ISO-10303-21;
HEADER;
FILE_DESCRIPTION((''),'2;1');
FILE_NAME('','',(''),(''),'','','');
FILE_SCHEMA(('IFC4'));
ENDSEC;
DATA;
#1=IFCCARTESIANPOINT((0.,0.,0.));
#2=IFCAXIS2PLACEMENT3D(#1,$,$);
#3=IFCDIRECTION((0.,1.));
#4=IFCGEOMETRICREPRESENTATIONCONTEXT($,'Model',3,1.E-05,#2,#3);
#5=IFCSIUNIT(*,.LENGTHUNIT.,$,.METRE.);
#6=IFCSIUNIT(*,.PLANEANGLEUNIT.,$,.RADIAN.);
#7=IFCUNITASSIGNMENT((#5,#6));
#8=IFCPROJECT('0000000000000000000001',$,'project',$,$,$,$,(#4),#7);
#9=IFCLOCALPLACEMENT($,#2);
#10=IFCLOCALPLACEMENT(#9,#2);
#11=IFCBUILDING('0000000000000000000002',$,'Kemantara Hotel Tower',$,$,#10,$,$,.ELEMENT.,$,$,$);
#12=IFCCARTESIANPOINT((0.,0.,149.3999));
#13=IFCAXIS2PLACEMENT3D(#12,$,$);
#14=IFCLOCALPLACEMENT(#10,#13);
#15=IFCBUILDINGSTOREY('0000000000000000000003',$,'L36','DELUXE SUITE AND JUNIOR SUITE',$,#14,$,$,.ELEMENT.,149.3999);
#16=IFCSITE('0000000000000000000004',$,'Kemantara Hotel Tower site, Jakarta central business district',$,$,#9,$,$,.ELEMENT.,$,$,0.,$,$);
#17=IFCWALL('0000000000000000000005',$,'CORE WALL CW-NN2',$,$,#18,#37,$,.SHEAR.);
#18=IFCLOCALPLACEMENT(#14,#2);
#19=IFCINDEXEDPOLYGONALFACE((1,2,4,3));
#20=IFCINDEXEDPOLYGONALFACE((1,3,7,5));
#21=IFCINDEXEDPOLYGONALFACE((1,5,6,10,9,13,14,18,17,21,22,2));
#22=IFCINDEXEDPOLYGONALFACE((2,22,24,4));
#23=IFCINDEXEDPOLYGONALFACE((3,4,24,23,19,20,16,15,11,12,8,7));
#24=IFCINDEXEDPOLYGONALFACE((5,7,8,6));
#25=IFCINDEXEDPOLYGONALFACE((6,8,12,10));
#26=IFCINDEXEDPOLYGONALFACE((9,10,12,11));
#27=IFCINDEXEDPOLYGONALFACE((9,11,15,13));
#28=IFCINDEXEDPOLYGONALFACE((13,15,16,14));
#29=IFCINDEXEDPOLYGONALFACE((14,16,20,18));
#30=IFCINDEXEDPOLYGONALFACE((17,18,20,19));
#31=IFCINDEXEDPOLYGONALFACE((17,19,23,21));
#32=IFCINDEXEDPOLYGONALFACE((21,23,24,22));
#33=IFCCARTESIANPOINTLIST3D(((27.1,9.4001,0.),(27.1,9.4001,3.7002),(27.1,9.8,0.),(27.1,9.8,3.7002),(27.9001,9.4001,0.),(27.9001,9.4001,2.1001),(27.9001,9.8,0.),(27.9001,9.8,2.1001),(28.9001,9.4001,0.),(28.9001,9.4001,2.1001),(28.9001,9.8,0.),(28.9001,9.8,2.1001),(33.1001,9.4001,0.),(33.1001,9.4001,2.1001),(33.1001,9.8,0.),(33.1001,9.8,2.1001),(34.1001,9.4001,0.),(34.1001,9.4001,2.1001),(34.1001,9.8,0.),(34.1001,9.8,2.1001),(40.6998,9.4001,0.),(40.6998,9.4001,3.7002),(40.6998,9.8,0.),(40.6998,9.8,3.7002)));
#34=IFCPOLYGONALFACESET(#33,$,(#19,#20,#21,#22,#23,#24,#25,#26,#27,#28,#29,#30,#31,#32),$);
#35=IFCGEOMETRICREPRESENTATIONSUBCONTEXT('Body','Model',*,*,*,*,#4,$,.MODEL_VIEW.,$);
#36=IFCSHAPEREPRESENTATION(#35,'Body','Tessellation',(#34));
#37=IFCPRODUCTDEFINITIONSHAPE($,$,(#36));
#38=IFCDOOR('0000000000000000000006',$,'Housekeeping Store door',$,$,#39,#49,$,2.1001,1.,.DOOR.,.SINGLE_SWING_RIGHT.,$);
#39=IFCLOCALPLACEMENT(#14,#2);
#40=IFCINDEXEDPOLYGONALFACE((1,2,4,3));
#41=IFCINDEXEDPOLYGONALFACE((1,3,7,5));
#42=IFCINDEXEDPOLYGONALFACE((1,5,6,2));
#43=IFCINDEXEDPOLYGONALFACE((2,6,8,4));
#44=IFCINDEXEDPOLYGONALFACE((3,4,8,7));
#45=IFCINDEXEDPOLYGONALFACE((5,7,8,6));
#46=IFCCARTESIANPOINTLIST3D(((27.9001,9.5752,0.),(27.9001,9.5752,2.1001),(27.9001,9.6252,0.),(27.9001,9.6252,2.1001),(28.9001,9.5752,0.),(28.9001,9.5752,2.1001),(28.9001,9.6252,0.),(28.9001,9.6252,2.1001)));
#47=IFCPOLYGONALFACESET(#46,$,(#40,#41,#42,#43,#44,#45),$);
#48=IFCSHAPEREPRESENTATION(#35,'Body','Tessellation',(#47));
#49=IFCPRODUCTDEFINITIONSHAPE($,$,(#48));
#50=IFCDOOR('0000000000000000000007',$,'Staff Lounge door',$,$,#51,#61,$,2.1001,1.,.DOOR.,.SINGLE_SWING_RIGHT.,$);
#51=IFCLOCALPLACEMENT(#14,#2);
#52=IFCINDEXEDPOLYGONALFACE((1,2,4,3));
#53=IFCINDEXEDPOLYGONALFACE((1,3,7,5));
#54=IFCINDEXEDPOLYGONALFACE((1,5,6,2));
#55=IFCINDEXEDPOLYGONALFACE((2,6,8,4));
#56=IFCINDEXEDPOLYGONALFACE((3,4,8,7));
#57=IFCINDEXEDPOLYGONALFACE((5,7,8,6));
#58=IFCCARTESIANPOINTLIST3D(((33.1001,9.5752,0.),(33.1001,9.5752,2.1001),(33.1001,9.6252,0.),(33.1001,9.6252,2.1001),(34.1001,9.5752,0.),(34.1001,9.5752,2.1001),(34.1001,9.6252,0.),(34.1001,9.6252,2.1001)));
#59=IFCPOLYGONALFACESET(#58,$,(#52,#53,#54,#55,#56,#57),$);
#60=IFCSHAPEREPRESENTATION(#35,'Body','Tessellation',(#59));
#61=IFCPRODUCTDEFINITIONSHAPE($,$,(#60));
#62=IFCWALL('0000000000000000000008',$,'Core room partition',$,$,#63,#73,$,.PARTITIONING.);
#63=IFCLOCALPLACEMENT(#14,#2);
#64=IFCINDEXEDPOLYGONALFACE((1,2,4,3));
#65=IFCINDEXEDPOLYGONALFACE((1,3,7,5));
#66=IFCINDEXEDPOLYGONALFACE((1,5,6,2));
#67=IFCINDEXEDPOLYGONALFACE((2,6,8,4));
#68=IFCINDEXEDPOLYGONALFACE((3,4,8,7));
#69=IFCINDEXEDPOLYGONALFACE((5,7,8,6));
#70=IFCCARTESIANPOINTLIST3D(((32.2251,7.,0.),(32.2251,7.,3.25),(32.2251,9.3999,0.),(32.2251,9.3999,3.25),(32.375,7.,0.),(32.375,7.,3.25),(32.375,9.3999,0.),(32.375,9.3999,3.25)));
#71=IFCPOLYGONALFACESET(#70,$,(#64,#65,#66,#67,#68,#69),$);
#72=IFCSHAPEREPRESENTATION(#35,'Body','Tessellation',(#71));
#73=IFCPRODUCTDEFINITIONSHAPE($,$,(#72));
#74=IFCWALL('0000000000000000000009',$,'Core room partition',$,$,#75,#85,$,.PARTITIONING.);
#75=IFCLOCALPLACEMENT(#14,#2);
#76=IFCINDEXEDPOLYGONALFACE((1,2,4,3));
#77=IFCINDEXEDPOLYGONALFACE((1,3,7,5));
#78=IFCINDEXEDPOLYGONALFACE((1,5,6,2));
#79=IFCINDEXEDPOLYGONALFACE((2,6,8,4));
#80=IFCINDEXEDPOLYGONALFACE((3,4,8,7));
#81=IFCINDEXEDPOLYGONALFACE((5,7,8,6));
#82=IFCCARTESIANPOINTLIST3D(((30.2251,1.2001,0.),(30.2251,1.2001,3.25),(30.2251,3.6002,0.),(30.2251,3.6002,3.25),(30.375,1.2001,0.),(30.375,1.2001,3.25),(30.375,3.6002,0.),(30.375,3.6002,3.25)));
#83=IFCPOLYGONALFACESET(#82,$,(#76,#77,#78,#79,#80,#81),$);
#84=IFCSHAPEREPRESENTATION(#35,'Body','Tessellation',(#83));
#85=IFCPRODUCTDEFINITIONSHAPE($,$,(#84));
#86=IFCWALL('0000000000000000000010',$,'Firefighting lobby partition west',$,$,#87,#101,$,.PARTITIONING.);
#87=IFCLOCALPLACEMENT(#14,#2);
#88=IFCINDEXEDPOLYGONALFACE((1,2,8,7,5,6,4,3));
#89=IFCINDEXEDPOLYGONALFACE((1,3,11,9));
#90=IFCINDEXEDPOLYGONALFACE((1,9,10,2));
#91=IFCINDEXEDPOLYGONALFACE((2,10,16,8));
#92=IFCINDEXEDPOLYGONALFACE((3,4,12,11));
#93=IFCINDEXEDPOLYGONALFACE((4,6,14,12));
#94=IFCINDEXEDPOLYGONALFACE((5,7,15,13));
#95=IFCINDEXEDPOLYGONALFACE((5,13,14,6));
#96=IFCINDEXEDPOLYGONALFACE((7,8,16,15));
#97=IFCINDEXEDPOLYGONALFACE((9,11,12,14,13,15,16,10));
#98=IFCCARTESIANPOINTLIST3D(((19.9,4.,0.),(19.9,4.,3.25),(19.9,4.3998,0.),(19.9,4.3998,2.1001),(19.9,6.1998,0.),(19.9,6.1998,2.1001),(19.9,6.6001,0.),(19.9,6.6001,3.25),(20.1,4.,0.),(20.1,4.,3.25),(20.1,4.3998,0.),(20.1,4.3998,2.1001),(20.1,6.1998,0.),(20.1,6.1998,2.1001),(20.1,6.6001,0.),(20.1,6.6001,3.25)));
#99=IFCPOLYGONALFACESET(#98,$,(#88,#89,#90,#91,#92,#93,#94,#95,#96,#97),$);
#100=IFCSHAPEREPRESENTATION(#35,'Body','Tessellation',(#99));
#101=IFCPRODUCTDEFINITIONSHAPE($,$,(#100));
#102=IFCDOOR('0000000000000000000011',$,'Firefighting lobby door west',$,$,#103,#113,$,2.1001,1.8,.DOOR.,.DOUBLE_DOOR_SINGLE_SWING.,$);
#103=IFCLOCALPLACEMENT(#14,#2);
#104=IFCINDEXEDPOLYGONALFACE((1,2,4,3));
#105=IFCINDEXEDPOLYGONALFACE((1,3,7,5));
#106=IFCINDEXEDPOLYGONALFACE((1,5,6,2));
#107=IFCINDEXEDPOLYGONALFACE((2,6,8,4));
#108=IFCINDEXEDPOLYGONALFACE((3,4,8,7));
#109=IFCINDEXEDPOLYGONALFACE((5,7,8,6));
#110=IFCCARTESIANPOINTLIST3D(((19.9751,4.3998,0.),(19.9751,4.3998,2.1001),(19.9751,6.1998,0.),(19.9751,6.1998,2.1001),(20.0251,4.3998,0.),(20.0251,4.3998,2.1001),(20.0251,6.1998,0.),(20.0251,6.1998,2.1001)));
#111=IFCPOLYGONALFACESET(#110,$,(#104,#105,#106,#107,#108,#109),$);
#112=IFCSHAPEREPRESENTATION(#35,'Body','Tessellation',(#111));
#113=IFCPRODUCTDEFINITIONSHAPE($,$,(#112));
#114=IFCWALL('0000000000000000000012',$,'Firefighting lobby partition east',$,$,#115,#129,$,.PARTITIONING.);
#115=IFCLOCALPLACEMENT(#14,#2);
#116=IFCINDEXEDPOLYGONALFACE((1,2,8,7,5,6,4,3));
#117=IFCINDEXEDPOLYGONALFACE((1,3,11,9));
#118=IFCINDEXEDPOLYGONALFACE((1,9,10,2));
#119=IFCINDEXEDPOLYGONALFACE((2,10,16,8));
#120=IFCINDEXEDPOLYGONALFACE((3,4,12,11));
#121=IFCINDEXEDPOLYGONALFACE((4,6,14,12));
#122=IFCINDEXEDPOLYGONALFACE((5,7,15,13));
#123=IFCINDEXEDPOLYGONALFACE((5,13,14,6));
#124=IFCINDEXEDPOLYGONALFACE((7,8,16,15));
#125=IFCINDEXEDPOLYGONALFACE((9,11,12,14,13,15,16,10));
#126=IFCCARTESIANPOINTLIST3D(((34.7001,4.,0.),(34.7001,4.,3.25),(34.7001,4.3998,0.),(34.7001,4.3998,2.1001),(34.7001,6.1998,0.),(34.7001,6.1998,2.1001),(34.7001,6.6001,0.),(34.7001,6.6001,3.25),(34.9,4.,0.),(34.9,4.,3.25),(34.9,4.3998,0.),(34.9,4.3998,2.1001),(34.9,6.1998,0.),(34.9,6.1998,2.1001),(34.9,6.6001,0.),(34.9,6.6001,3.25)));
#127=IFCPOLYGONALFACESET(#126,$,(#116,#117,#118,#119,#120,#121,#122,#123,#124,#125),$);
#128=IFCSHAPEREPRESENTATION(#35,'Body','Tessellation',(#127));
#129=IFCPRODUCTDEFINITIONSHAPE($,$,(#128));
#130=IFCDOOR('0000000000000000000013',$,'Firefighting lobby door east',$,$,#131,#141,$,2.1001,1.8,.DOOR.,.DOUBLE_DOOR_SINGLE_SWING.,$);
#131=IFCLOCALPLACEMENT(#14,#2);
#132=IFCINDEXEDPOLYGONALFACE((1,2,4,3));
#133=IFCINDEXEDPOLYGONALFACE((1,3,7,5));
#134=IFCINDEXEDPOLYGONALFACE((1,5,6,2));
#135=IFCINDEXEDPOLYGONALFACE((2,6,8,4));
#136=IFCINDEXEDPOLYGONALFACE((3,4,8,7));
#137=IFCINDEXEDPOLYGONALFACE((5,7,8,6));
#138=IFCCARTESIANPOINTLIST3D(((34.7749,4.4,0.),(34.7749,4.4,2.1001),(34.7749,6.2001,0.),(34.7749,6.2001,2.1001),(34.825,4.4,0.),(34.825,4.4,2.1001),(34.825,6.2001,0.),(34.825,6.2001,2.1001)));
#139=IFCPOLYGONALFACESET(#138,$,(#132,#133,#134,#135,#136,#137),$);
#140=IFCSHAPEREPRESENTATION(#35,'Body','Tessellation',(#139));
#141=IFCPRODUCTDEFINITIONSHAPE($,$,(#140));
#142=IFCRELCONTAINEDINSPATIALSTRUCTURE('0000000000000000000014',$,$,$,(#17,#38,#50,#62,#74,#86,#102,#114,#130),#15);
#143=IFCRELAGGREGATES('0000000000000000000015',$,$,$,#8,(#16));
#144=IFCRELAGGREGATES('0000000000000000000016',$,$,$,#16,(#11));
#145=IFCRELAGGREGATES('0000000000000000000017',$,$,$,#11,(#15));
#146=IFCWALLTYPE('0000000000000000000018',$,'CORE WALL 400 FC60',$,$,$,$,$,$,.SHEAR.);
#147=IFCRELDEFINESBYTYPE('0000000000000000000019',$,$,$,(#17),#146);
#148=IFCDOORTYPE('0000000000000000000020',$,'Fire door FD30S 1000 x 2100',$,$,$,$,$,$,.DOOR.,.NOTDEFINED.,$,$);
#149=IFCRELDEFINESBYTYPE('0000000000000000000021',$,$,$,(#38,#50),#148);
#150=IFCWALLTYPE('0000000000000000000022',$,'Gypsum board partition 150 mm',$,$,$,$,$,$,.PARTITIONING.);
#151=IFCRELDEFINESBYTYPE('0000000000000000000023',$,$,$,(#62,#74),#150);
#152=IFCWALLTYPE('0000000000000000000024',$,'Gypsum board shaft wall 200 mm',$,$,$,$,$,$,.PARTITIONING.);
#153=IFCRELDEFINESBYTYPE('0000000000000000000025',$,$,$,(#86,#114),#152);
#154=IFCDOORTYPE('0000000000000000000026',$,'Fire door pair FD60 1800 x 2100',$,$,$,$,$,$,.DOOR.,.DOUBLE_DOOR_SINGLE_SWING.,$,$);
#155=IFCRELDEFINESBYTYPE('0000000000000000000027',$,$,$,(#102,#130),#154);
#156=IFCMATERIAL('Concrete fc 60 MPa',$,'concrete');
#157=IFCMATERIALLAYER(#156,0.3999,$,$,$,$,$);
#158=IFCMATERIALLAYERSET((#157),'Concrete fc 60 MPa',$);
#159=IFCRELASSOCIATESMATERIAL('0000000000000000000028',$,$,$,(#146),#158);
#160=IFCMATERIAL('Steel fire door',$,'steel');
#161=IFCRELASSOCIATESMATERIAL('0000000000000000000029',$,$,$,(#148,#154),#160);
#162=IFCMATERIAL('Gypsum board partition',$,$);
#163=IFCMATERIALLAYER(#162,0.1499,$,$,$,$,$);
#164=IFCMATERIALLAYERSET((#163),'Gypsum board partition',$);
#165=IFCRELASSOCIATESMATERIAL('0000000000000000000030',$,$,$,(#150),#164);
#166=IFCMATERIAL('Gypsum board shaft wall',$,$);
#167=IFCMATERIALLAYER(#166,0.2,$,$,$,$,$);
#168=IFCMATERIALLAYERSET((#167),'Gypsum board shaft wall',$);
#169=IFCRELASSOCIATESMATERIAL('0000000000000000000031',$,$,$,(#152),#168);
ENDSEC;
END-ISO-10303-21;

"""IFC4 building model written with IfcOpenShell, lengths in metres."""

from ifc_helpers import new_model, si_unit, direction, frame, frame_2d, origin, place, context, subcontext, project, spatial, rectangle, extrude, material, layer, layer_set, type_object, element, fill, save


model = new_model("IFC4")

# Units and contexts
model_context = context("Model", 3, precision=1e-05, world=origin(), true_north=direction((0.0, 1.0)))
body_context = subcontext(model_context, "Body", "Model", "MODEL_VIEW")
ifc_project = project(units=[si_unit("LENGTHUNIT", "METRE"), si_unit("PLANEANGLEUNIT", "RADIAN")], contexts=[model_context])

# Site, building, storey
site_placement = place(None, origin())
site = spatial("IfcSite", under=ifc_project, at=site_placement, Name="Kemantara Hotel Tower site, Jakarta central business district", CompositionType="ELEMENT", RefElevation=0.0)
building_placement = place(site_placement, origin())
building = spatial("IfcBuilding", under=site, at=building_placement, Name="Kemantara Hotel Tower", CompositionType="ELEMENT")
storey_placement = place(building_placement, frame((0.0, 0.0, 149.3999)))
storey = spatial("IfcBuildingStorey", under=building, at=storey_placement, Name="L36", Description="DELUXE SUITE AND JUNIOR SUITE", CompositionType="ELEMENT", Elevation=149.3999)

# Shared definitions
ifc_material_1 = material(Name="Concrete fc 60 MPa", Category="concrete")

# Wall, openings, doors
ifc_layer_1 = layer(ifc_material_1, 0.3999)
ifc_layer_set_1 = layer_set([ifc_layer_1], Name="Concrete fc 60 MPa")
wall_type_1 = type_object("IfcWallType", Name="CORE WALL 400 FC60", PredefinedType="SHEAR", material=ifc_layer_set_1)
wall_1_placement = place(storey_placement, frame((27.1001, 9.6001, 0.0), z_axis=(0.0, 0.0, 1.0), x_axis=(1.0, 0.0, 0.0)))
wall_1 = element("IfcWall", 1, at=wall_1_placement, inside=storey, type_object=wall_type_1, Name="CORE WALL CW-NN2", PredefinedType="SHEAR", context=body_context, shape_type="SweptSolid", body=[
    extrude(rectangle(XDim=13.5999, YDim=0.3999, at=frame_2d((6.7998, 0.0))), origin(), (0.0, 0.0, 1.0), 3.7002),
])
opening_1_placement = place(wall_1_placement, frame((0.8, 0.0, 0.0)))
opening_1 = element("IfcOpeningElement", 2, at=opening_1_placement, cuts=wall_1, PredefinedType="OPENING", context=body_context, shape_type="SweptSolid", body=[
    extrude(rectangle(XDim=1.0, YDim=2.1001, at=frame_2d((0.5, 1.05))), frame((0.0, 0.21, 0.0), z_axis=(0.0, -1.0, 0.0), x_axis=(1.0, 0.0, 0.0)), (0.0, 0.0, 1.0), 0.4199),
])
opening_2_placement = place(wall_1_placement, frame((6.0, 0.0, 0.0)))
opening_2 = element("IfcOpeningElement", 3, at=opening_2_placement, cuts=wall_1, PredefinedType="OPENING", context=body_context, shape_type="SweptSolid", body=[
    extrude(rectangle(XDim=1.0, YDim=2.1001, at=frame_2d((0.5, 1.05))), frame((0.0, 0.21, 0.0), z_axis=(0.0, -1.0, 0.0), x_axis=(1.0, 0.0, 0.0)), (0.0, 0.0, 1.0), 0.4199),
])
ifc_material_2 = material(Name="Steel fire door", Category="steel")
door_type_1 = type_object("IfcDoorType", Name="Fire door FD30S 1000 x 2100", OperationType="NOTDEFINED", PredefinedType="DOOR", material=ifc_material_2)
door_1_placement = place(opening_1_placement, frame((1.0, 0.0, 0.0), z_axis=(0.0, 0.0, 1.0), x_axis=(-1.0, 0.0, 0.0)))
door_1 = element("IfcDoor", 4, at=door_1_placement, inside=storey, type_object=door_type_1, Name="Housekeeping Store door", OperationType="SINGLE_SWING_RIGHT", OverallHeight=2.1001, OverallWidth=1.0, PredefinedType="DOOR", context=body_context, shape_type="SweptSolid", body=[
    extrude(rectangle(XDim=1.0, YDim=2.1001, at=frame_2d((0.5, 1.05))), frame((0.0, 0.0249, 0.0), z_axis=(0.0, -1.0, 0.0), x_axis=(1.0, 0.0, 0.0)), (0.0, 0.0, 1.0), 0.05),
])
fill(opening_1, door_1)
door_2_placement = place(opening_2_placement, frame((1.0, 0.0, 0.0), z_axis=(0.0, 0.0, 1.0), x_axis=(-1.0, 0.0, 0.0)))
door_2 = element("IfcDoor", 5, at=door_2_placement, inside=storey, type_object=door_type_1, Name="Staff Lounge door", OperationType="SINGLE_SWING_RIGHT", OverallHeight=2.1001, OverallWidth=1.0, PredefinedType="DOOR", context=body_context, shape_type="SweptSolid", body=[
    extrude(rectangle(XDim=1.0, YDim=2.1001, at=frame_2d((0.5, 1.05))), frame((0.0, 0.0249, 0.0), z_axis=(0.0, -1.0, 0.0), x_axis=(1.0, 0.0, 0.0)), (0.0, 0.0, 1.0), 0.05),
])
fill(opening_2, door_2)

# Walls
ifc_material_3 = material(Name="Gypsum board partition")
ifc_layer_2 = layer(ifc_material_3, 0.1499)
ifc_layer_set_2 = layer_set([ifc_layer_2], Name="Gypsum board partition")
wall_type_2 = type_object("IfcWallType", Name="Gypsum board partition 150 mm", PredefinedType="PARTITIONING", material=ifc_layer_set_2)
wall_2_placement = place(storey_placement, frame((32.3, 7.0, 0.0), z_axis=(0.0, 0.0, 1.0), x_axis=(0.0, 1.0, 0.0)))
element("IfcWall", 6, at=wall_2_placement, inside=storey, type_object=wall_type_2, Name="Core room partition", PredefinedType="PARTITIONING", context=body_context, shape_type="SweptSolid", body=[
    extrude(rectangle(XDim=2.3999, YDim=0.1499, at=frame_2d((1.2, 0.0))), origin(), (0.0, 0.0, 1.0), 3.25),
])
wall_3_placement = place(storey_placement, frame((30.3, 1.2, 0.0), z_axis=(0.0, 0.0, 1.0), x_axis=(0.0, 1.0, 0.0)))
element("IfcWall", 7, at=wall_3_placement, inside=storey, type_object=wall_type_2, Name="Core room partition", PredefinedType="PARTITIONING", context=body_context, shape_type="SweptSolid", body=[
    extrude(rectangle(XDim=2.4001, YDim=0.1499, at=frame_2d((1.2002, 0.0))), origin(), (0.0, 0.0, 1.0), 3.25),
])

# Walls, openings, doors
ifc_material_4 = material(Name="Gypsum board shaft wall")
ifc_layer_3 = layer(ifc_material_4, 0.2)
ifc_layer_set_3 = layer_set([ifc_layer_3], Name="Gypsum board shaft wall")
wall_type_3 = type_object("IfcWallType", Name="Gypsum board shaft wall 200 mm", PredefinedType="PARTITIONING", material=ifc_layer_set_3)
wall_4_placement = place(storey_placement, frame((20.0, 4.0, 0.0), z_axis=(0.0, 0.0, 1.0), x_axis=(0.0, 1.0, 0.0)))
wall_4 = element("IfcWall", 8, at=wall_4_placement, inside=storey, type_object=wall_type_3, Name="Firefighting lobby partition west", PredefinedType="PARTITIONING", context=body_context, shape_type="SweptSolid", body=[
    extrude(rectangle(XDim=2.6001, YDim=0.2, at=frame_2d((1.3, 0.0))), origin(), (0.0, 0.0, 1.0), 3.25),
])
opening_3_placement = place(wall_4_placement, frame((0.3999, 0.0, 0.0)))
opening_3 = element("IfcOpeningElement", 9, at=opening_3_placement, cuts=wall_4, PredefinedType="OPENING", context=body_context, shape_type="SweptSolid", body=[
    extrude(rectangle(XDim=1.8, YDim=2.1001, at=frame_2d((0.8999, 1.05))), frame((0.0, 0.1099, 0.0), z_axis=(0.0, -1.0, 0.0), x_axis=(1.0, 0.0, 0.0)), (0.0, 0.0, 1.0), 0.22),
])
door_type_2 = type_object("IfcDoorType", Name="Fire door pair FD60 1800 x 2100", OperationType="DOUBLE_DOOR_SINGLE_SWING", PredefinedType="DOOR", material=ifc_material_2)
door_3_placement = place(opening_3_placement, origin())
door_3 = element("IfcDoor", 10, at=door_3_placement, inside=storey, type_object=door_type_2, Name="Firefighting lobby door west", OperationType="DOUBLE_DOOR_SINGLE_SWING", OverallHeight=2.1001, OverallWidth=1.8, PredefinedType="DOOR", context=body_context, shape_type="SweptSolid", body=[
    extrude(rectangle(XDim=1.8, YDim=2.1001, at=frame_2d((0.8999, 1.05))), frame((0.0, 0.0249, 0.0), z_axis=(0.0, -1.0, 0.0), x_axis=(1.0, 0.0, 0.0)), (0.0, 0.0, 1.0), 0.05),
])
fill(opening_3, door_3)
wall_5_placement = place(storey_placement, frame((34.8, 4.0, 0.0), z_axis=(0.0, 0.0, 1.0), x_axis=(0.0, 1.0, 0.0)))
wall_5 = element("IfcWall", 11, at=wall_5_placement, inside=storey, type_object=wall_type_3, Name="Firefighting lobby partition east", PredefinedType="PARTITIONING", context=body_context, shape_type="SweptSolid", body=[
    extrude(rectangle(XDim=2.6001, YDim=0.2, at=frame_2d((1.3, 0.0))), origin(), (0.0, 0.0, 1.0), 3.25),
])
opening_4_placement = place(wall_5_placement, frame((0.3999, 0.0, 0.0)))
opening_4 = element("IfcOpeningElement", 12, at=opening_4_placement, cuts=wall_5, PredefinedType="OPENING", context=body_context, shape_type="SweptSolid", body=[
    extrude(rectangle(XDim=1.8, YDim=2.1001, at=frame_2d((0.8999, 1.05))), frame((0.0, 0.1099, 0.0), z_axis=(0.0, -1.0, 0.0), x_axis=(1.0, 0.0, 0.0)), (0.0, 0.0, 1.0), 0.22),
])
door_4_placement = place(opening_4_placement, frame((1.8, 0.0, 0.0), z_axis=(0.0, 0.0, 1.0), x_axis=(-1.0, 0.0, 0.0)))
door_4 = element("IfcDoor", 13, at=door_4_placement, inside=storey, type_object=door_type_2, Name="Firefighting lobby door east", OperationType="DOUBLE_DOOR_SINGLE_SWING", OverallHeight=2.1001, OverallWidth=1.8, PredefinedType="DOOR", context=body_context, shape_type="SweptSolid", body=[
    extrude(rectangle(XDim=1.8, YDim=2.1001, at=frame_2d((0.8999, 1.05))), frame((0.0, 0.0249, 0.0), z_axis=(0.0, -1.0, 0.0), x_axis=(1.0, 0.0, 0.0)), (0.0, 0.0, 1.0), 0.05),
])
fill(opening_4, door_4)

save(model, "model.ifc")
